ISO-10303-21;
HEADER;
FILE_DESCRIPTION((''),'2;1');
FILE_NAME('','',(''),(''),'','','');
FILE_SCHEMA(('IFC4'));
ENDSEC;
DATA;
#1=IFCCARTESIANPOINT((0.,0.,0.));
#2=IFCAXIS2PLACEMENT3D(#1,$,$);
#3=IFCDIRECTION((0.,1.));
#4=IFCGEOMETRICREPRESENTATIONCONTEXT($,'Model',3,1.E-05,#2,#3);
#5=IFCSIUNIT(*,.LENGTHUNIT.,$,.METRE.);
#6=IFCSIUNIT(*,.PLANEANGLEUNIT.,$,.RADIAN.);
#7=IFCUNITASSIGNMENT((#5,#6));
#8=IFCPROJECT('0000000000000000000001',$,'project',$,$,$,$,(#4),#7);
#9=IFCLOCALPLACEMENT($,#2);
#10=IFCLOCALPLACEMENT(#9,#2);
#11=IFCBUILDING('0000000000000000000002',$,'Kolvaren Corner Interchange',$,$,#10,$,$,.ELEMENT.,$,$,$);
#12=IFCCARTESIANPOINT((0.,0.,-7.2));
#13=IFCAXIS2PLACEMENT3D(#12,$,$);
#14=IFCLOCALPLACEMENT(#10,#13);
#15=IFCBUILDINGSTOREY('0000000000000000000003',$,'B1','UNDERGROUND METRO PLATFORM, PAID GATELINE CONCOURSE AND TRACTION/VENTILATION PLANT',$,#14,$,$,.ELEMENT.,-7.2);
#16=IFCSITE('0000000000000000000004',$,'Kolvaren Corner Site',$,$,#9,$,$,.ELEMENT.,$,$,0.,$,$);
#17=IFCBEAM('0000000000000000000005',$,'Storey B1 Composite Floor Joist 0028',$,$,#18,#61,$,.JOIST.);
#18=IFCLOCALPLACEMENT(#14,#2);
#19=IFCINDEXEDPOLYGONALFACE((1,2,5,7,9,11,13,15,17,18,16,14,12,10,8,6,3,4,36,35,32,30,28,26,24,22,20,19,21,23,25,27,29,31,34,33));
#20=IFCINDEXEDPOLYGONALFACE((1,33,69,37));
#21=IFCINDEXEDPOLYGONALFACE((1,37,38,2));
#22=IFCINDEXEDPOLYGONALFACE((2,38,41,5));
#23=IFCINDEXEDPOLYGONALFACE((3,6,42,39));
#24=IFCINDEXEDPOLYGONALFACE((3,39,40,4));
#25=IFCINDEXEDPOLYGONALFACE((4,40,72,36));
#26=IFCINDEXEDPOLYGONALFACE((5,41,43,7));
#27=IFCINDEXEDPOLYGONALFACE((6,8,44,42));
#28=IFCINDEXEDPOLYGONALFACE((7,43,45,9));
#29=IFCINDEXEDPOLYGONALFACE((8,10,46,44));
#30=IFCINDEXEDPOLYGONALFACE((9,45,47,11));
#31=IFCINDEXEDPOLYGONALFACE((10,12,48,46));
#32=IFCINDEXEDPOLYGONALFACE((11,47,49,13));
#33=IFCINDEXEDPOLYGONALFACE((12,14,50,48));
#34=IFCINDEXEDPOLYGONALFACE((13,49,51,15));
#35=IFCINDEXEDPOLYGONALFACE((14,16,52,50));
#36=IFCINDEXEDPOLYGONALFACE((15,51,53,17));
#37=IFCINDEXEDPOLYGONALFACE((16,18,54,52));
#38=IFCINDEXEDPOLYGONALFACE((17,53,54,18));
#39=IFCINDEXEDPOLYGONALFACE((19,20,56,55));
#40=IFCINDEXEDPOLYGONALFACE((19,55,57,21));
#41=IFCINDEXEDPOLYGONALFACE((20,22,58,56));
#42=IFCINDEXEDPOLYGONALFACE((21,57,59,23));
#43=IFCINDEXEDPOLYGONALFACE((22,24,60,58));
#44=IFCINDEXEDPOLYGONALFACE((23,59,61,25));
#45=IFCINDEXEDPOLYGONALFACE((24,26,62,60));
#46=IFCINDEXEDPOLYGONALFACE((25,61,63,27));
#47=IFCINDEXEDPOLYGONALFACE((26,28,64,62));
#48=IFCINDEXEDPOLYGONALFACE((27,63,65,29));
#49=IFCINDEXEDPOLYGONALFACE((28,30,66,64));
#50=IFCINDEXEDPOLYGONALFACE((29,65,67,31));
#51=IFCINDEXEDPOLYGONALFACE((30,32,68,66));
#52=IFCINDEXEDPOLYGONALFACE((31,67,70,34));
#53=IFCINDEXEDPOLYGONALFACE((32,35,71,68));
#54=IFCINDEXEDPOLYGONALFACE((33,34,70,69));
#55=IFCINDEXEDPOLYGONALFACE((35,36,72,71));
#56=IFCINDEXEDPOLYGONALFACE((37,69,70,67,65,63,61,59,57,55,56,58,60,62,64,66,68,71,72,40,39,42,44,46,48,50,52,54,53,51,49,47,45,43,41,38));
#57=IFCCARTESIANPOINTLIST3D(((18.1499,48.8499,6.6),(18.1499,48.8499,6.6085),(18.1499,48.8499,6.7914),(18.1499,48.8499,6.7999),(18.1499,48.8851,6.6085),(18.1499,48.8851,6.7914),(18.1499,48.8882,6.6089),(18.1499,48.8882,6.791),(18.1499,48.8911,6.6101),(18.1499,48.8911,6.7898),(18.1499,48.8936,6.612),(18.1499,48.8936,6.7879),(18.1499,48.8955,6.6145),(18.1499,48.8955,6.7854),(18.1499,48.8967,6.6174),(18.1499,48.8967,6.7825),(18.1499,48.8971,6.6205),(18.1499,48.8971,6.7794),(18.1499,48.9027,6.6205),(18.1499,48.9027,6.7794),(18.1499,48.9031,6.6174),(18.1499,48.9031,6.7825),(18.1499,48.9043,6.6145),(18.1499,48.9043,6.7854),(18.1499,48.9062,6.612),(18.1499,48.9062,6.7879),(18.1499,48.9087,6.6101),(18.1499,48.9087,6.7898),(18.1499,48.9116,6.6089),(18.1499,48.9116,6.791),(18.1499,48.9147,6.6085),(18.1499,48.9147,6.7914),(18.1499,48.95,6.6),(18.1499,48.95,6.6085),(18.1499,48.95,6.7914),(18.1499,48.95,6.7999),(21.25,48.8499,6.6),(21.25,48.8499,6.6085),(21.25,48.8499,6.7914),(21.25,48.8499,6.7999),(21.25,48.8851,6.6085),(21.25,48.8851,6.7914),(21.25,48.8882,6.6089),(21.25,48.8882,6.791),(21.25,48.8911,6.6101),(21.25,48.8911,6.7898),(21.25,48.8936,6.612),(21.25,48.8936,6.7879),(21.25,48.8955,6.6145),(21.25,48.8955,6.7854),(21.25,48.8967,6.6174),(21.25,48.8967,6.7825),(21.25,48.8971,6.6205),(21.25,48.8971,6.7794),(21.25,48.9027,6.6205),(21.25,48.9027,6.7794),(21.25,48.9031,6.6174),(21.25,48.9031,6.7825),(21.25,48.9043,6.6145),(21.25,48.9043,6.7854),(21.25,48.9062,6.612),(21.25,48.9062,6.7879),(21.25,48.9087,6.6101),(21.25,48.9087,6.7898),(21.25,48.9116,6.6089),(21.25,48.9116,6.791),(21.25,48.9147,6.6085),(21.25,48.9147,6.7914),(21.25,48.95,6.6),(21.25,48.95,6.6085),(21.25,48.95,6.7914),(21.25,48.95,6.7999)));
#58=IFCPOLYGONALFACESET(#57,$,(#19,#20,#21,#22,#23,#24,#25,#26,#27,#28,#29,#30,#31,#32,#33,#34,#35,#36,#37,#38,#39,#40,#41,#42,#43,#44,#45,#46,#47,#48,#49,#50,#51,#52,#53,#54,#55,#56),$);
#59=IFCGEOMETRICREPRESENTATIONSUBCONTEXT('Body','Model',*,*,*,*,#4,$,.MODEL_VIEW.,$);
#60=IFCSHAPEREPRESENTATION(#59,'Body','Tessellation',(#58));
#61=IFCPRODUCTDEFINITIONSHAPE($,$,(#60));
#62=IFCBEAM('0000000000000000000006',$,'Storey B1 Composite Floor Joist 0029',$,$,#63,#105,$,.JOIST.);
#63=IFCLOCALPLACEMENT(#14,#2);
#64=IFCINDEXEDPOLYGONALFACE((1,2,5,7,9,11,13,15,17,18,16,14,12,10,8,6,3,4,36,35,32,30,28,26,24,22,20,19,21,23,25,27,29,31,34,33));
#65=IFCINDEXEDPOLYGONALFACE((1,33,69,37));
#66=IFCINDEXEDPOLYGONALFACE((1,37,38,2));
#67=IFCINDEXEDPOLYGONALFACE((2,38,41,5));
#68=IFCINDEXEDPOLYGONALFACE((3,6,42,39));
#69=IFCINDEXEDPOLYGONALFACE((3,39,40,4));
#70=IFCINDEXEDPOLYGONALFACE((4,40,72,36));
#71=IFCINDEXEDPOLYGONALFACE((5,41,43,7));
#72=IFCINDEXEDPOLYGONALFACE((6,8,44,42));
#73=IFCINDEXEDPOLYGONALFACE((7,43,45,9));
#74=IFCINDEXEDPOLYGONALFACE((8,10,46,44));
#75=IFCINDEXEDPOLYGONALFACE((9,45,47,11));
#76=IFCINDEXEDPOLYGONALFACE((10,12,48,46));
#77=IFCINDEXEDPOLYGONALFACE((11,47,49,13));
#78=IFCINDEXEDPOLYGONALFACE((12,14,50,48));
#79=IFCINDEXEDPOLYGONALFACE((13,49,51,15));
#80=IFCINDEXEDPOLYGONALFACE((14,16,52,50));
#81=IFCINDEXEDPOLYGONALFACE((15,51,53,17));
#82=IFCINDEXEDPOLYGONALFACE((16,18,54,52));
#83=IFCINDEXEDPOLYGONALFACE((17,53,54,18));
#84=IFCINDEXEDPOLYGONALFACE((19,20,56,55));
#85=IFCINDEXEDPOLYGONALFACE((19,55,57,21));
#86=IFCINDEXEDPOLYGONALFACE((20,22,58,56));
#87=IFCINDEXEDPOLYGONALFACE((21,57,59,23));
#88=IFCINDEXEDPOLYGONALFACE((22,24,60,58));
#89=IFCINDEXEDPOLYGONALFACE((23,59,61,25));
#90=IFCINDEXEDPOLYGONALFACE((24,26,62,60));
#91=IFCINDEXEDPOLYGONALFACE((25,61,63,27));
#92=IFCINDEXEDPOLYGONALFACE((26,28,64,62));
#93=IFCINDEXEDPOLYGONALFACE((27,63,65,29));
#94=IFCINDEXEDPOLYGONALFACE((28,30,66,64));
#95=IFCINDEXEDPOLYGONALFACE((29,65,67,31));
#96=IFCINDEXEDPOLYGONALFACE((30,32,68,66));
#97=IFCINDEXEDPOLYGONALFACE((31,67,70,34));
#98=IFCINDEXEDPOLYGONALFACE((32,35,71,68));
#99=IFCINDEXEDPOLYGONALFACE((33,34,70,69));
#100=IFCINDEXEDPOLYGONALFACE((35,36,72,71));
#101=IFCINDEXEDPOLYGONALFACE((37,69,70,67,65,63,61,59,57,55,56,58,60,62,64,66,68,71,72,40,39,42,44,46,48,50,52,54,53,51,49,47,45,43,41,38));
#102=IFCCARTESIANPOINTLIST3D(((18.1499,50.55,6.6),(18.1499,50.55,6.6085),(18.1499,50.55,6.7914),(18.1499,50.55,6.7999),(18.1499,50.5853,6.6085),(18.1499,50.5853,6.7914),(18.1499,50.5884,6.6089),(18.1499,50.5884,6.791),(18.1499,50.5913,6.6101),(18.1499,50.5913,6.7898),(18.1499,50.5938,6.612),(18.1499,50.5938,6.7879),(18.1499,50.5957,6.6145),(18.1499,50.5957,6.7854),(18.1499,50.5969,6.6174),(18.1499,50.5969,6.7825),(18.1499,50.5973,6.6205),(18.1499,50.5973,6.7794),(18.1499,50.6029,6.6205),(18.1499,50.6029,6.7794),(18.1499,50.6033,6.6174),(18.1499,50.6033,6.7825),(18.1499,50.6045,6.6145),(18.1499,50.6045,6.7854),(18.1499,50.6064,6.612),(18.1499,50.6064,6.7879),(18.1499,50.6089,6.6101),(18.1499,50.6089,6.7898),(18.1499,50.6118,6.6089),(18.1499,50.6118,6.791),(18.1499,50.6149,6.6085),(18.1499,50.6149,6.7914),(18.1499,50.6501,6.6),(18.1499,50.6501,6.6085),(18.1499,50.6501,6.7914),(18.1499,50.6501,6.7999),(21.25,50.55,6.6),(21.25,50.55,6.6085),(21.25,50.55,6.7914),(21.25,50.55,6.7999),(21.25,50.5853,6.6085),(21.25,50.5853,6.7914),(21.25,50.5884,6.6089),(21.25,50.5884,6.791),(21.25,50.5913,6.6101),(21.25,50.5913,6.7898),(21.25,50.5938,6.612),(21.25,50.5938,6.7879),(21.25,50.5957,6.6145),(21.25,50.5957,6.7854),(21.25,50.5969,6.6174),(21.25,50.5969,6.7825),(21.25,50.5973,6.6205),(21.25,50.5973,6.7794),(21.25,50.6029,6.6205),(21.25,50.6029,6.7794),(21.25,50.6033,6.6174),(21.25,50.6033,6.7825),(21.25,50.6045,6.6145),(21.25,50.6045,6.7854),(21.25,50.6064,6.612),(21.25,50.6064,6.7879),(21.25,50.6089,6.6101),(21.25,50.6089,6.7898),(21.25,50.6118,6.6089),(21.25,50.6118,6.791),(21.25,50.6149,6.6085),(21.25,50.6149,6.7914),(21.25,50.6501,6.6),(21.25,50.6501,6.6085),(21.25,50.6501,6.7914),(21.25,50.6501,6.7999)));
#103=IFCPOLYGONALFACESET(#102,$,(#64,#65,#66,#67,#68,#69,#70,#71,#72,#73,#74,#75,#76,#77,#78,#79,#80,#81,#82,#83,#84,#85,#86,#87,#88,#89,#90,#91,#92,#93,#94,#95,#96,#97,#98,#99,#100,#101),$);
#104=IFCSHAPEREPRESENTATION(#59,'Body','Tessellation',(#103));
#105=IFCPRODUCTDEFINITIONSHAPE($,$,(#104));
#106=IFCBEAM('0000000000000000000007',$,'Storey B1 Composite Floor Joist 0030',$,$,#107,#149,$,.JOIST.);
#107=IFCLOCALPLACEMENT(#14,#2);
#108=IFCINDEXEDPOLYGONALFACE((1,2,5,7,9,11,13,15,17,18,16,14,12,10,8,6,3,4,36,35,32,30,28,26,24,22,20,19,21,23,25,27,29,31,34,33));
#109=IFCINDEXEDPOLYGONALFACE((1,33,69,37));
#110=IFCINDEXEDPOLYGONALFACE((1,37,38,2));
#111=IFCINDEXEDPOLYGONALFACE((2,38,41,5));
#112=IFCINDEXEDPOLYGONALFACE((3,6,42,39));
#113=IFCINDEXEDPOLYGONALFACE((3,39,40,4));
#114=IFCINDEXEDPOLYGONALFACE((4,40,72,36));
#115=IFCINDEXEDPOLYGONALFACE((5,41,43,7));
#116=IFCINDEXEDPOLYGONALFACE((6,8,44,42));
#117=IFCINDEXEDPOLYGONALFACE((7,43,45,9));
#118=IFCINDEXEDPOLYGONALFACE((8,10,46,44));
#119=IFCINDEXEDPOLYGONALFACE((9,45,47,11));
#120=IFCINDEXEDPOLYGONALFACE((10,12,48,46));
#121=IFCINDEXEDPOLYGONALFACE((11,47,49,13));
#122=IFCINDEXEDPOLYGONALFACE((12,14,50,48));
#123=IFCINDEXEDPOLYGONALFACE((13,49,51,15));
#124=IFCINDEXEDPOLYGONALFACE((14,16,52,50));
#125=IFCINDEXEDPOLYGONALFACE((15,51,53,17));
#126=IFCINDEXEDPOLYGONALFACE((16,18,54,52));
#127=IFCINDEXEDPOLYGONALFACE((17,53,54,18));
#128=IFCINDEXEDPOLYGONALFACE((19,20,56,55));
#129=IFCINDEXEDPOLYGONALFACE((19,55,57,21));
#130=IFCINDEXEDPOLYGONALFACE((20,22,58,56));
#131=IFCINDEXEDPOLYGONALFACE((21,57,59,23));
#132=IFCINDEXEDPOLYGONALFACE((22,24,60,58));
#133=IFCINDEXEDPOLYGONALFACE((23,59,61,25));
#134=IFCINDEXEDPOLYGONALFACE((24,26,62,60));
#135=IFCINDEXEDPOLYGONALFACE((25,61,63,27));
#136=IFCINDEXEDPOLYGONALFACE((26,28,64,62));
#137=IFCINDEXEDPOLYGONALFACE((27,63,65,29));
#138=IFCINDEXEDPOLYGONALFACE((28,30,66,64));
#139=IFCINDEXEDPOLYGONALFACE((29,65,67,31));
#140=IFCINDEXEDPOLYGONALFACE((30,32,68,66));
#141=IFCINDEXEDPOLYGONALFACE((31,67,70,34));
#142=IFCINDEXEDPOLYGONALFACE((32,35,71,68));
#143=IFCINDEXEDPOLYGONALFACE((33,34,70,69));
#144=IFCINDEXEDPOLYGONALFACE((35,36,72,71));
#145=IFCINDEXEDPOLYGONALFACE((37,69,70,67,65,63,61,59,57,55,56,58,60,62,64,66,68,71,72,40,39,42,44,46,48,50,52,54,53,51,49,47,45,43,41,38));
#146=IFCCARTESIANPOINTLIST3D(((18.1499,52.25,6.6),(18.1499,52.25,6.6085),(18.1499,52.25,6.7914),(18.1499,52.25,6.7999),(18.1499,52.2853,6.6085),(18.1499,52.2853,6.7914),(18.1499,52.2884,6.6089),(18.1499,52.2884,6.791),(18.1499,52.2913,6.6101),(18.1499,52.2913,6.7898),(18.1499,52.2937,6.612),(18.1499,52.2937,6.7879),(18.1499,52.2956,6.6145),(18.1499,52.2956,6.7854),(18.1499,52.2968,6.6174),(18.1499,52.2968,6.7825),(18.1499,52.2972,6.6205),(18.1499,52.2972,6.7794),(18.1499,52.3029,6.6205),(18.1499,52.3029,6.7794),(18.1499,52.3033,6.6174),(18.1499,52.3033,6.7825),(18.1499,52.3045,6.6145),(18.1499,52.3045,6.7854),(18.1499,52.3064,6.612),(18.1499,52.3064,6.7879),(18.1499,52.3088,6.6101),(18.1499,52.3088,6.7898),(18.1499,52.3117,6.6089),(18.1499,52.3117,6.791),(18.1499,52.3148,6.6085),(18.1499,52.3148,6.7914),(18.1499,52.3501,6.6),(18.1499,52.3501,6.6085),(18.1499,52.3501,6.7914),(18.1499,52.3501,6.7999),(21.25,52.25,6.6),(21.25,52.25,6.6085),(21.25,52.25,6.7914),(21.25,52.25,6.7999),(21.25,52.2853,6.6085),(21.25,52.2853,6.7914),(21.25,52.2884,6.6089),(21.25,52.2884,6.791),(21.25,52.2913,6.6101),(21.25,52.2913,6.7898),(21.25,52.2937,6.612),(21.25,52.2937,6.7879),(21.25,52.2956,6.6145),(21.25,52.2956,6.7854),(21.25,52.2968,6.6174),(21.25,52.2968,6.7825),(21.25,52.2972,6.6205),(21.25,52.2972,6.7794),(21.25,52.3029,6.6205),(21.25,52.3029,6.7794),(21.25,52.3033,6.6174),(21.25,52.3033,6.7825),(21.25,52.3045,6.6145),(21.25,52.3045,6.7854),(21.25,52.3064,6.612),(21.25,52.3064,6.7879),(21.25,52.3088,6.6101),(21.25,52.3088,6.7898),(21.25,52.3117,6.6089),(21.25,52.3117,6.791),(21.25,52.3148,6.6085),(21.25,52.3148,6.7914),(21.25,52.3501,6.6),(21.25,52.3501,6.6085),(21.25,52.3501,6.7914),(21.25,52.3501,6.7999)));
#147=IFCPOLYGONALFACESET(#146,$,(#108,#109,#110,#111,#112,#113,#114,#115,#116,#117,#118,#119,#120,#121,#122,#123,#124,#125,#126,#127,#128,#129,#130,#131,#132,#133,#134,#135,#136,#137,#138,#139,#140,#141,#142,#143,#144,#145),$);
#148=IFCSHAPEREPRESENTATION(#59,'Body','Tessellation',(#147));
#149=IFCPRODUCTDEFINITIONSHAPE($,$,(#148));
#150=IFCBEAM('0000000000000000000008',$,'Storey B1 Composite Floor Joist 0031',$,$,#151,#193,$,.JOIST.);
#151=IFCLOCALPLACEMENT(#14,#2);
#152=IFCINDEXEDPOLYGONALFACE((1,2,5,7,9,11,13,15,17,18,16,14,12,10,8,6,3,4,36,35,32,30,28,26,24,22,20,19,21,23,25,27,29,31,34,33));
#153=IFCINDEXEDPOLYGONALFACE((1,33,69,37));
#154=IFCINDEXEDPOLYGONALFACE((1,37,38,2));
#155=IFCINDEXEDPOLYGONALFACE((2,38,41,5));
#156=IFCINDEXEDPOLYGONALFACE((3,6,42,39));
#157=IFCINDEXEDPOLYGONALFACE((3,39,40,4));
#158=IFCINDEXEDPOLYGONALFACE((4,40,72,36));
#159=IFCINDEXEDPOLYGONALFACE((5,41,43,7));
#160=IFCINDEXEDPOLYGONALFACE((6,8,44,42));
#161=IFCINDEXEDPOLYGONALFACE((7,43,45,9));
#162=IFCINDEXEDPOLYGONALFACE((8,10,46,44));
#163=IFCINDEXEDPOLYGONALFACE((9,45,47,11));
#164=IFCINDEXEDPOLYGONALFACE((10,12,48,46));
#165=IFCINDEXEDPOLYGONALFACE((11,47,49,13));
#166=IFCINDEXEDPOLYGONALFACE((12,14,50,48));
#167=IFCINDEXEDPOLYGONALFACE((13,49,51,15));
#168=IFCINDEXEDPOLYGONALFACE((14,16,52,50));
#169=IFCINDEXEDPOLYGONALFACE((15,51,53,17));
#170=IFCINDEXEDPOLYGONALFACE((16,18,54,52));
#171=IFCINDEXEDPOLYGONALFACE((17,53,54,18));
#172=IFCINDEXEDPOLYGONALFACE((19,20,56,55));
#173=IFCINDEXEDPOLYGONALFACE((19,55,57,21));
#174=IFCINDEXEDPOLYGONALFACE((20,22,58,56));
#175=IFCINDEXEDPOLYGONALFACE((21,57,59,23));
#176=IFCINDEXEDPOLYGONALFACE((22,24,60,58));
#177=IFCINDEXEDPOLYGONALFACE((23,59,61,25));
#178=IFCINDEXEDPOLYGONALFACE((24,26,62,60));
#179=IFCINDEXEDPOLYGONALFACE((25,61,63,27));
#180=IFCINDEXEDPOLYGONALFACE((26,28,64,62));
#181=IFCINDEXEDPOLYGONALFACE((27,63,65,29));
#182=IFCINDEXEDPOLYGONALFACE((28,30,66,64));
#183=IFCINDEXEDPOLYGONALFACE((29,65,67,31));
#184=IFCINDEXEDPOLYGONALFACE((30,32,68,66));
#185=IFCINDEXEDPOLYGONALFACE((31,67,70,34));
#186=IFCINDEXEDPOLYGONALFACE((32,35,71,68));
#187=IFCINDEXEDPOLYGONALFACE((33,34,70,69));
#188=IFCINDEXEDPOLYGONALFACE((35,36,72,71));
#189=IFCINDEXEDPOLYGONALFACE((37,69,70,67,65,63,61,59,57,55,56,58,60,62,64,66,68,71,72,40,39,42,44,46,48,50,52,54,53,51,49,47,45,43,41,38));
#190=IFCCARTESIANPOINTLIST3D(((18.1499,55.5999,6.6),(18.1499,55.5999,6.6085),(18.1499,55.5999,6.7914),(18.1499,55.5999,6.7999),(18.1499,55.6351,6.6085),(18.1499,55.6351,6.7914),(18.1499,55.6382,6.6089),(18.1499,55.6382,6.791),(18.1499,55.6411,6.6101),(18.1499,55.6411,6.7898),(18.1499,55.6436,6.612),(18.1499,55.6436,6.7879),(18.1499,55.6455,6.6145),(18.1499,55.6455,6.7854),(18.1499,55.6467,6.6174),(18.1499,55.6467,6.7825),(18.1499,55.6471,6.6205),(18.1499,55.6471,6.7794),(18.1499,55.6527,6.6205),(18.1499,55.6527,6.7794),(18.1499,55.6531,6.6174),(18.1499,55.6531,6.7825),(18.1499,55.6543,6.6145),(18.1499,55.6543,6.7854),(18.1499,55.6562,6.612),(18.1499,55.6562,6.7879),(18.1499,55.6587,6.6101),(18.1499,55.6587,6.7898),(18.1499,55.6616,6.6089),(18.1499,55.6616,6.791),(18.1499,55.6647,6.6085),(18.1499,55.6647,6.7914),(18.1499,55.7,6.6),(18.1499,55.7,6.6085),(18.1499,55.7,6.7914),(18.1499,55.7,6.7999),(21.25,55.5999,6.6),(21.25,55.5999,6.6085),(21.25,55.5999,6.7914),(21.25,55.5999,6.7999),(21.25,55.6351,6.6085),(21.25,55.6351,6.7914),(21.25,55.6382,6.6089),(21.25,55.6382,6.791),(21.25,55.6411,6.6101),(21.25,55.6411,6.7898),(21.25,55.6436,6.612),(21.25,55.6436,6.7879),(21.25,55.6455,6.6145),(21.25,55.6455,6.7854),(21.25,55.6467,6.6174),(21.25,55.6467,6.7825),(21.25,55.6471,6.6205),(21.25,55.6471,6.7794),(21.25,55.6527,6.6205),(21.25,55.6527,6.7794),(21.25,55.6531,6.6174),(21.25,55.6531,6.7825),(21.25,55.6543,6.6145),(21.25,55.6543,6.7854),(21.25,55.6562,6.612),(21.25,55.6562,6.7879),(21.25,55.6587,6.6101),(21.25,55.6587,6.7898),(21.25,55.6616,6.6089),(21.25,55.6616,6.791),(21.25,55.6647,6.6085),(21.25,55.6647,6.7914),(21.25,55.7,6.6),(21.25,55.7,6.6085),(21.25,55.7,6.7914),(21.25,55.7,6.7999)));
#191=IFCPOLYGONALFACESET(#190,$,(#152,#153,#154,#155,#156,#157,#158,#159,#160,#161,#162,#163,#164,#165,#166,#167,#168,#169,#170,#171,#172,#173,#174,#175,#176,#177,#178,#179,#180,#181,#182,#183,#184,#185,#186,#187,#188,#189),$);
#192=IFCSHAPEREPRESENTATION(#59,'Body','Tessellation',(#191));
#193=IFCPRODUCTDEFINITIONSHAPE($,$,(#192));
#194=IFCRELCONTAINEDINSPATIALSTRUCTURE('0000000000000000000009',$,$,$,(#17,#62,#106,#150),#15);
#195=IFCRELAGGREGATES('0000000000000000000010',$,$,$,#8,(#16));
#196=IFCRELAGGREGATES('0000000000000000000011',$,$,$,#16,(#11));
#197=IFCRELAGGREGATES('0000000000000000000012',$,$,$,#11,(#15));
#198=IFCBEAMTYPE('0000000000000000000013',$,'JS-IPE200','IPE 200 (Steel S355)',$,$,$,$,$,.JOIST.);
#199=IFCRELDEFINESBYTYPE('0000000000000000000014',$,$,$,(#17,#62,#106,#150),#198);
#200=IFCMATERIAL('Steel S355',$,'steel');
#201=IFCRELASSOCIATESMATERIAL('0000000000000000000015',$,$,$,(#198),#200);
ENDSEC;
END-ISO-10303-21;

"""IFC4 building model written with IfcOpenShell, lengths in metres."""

from ifc_helpers import new_model, si_unit, direction, frame, origin, origin_2d, place, context, subcontext, project, spatial, i_section, extrude, material, material_profile, profile_set, type_object, element, save


model = new_model("IFC4")

# Units and contexts
model_context = context("Model", 3, precision=1e-05, world=origin(), true_north=direction((0.0, 1.0)))
body_context = subcontext(model_context, "Body", "Model", "MODEL_VIEW")
ifc_project = project(units=[si_unit("LENGTHUNIT", "METRE"), si_unit("PLANEANGLEUNIT", "RADIAN")], contexts=[model_context])

# Site, building, storey
site_placement = place(None, origin())
site = spatial("IfcSite", under=ifc_project, at=site_placement, Name="Kolvaren Corner Site", CompositionType="ELEMENT", RefElevation=0.0)
building_placement = place(site_placement, origin())
building = spatial("IfcBuilding", under=site, at=building_placement, Name="Kolvaren Corner Interchange", CompositionType="ELEMENT")
storey_placement = place(building_placement, frame((0.0, 0.0, -7.2)))
storey = spatial("IfcBuildingStorey", under=building, at=storey_placement, Name="B1", Description="UNDERGROUND METRO PLATFORM, PAID GATELINE CONCOURSE AND TRACTION/VENTILATION PLANT", CompositionType="ELEMENT", Elevation=-7.2)

# Beams
ifc_material_1 = material(Name="Steel S355", Category="steel")
ifc_material_profile_1 = material_profile(ifc_material_1, i_section(OverallWidth=0.1001, OverallDepth=0.2, WebThickness=0.0056, FlangeThickness=0.0085, FilletRadius=0.012, at=origin_2d()), Name="IPE 200")
ifc_profile_set_1 = profile_set([ifc_material_profile_1], Name="Steel S355")
beam_type_1 = type_object("IfcBeamType", Name="JS-IPE200", Description="IPE 200 (Steel S355)", PredefinedType="JOIST", material=ifc_profile_set_1)
for number, where, z_axis, x_axis, name in (
    (1, (18.1499, 48.8999, 6.7), (1.0, 0.0, 0.0), (0.0, 1.0, 0.0), "Storey B1 Composite Floor Joist 0028"),
    (2, (18.1499, 50.6001, 6.7), (1.0, 0.0, 0.0), (0.0, 1.0, 0.0), "Storey B1 Composite Floor Joist 0029"),
    (3, (18.1499, 52.3, 6.7), (1.0, 0.0, 0.0), (0.0, 1.0, 0.0), "Storey B1 Composite Floor Joist 0030"),
    (4, (18.1499, 55.6499, 6.7), (1.0, 0.0, 0.0), (0.0, 1.0, 0.0), "Storey B1 Composite Floor Joist 0031"),
):
    element("IfcBeam", number, at=place(storey_placement, frame(where, z_axis=z_axis, x_axis=x_axis)), inside=storey, type_object=beam_type_1, Name=name, PredefinedType="JOIST", context=body_context, shape_type="SweptSolid", body=[
        extrude(i_section(OverallWidth=0.1001, OverallDepth=0.2, WebThickness=0.0056, FlangeThickness=0.0085, FilletRadius=0.012, at=origin_2d()), origin(), (0.0, 0.0, 1.0), 3.1001),
    ])

save(model, "model.ifc")
